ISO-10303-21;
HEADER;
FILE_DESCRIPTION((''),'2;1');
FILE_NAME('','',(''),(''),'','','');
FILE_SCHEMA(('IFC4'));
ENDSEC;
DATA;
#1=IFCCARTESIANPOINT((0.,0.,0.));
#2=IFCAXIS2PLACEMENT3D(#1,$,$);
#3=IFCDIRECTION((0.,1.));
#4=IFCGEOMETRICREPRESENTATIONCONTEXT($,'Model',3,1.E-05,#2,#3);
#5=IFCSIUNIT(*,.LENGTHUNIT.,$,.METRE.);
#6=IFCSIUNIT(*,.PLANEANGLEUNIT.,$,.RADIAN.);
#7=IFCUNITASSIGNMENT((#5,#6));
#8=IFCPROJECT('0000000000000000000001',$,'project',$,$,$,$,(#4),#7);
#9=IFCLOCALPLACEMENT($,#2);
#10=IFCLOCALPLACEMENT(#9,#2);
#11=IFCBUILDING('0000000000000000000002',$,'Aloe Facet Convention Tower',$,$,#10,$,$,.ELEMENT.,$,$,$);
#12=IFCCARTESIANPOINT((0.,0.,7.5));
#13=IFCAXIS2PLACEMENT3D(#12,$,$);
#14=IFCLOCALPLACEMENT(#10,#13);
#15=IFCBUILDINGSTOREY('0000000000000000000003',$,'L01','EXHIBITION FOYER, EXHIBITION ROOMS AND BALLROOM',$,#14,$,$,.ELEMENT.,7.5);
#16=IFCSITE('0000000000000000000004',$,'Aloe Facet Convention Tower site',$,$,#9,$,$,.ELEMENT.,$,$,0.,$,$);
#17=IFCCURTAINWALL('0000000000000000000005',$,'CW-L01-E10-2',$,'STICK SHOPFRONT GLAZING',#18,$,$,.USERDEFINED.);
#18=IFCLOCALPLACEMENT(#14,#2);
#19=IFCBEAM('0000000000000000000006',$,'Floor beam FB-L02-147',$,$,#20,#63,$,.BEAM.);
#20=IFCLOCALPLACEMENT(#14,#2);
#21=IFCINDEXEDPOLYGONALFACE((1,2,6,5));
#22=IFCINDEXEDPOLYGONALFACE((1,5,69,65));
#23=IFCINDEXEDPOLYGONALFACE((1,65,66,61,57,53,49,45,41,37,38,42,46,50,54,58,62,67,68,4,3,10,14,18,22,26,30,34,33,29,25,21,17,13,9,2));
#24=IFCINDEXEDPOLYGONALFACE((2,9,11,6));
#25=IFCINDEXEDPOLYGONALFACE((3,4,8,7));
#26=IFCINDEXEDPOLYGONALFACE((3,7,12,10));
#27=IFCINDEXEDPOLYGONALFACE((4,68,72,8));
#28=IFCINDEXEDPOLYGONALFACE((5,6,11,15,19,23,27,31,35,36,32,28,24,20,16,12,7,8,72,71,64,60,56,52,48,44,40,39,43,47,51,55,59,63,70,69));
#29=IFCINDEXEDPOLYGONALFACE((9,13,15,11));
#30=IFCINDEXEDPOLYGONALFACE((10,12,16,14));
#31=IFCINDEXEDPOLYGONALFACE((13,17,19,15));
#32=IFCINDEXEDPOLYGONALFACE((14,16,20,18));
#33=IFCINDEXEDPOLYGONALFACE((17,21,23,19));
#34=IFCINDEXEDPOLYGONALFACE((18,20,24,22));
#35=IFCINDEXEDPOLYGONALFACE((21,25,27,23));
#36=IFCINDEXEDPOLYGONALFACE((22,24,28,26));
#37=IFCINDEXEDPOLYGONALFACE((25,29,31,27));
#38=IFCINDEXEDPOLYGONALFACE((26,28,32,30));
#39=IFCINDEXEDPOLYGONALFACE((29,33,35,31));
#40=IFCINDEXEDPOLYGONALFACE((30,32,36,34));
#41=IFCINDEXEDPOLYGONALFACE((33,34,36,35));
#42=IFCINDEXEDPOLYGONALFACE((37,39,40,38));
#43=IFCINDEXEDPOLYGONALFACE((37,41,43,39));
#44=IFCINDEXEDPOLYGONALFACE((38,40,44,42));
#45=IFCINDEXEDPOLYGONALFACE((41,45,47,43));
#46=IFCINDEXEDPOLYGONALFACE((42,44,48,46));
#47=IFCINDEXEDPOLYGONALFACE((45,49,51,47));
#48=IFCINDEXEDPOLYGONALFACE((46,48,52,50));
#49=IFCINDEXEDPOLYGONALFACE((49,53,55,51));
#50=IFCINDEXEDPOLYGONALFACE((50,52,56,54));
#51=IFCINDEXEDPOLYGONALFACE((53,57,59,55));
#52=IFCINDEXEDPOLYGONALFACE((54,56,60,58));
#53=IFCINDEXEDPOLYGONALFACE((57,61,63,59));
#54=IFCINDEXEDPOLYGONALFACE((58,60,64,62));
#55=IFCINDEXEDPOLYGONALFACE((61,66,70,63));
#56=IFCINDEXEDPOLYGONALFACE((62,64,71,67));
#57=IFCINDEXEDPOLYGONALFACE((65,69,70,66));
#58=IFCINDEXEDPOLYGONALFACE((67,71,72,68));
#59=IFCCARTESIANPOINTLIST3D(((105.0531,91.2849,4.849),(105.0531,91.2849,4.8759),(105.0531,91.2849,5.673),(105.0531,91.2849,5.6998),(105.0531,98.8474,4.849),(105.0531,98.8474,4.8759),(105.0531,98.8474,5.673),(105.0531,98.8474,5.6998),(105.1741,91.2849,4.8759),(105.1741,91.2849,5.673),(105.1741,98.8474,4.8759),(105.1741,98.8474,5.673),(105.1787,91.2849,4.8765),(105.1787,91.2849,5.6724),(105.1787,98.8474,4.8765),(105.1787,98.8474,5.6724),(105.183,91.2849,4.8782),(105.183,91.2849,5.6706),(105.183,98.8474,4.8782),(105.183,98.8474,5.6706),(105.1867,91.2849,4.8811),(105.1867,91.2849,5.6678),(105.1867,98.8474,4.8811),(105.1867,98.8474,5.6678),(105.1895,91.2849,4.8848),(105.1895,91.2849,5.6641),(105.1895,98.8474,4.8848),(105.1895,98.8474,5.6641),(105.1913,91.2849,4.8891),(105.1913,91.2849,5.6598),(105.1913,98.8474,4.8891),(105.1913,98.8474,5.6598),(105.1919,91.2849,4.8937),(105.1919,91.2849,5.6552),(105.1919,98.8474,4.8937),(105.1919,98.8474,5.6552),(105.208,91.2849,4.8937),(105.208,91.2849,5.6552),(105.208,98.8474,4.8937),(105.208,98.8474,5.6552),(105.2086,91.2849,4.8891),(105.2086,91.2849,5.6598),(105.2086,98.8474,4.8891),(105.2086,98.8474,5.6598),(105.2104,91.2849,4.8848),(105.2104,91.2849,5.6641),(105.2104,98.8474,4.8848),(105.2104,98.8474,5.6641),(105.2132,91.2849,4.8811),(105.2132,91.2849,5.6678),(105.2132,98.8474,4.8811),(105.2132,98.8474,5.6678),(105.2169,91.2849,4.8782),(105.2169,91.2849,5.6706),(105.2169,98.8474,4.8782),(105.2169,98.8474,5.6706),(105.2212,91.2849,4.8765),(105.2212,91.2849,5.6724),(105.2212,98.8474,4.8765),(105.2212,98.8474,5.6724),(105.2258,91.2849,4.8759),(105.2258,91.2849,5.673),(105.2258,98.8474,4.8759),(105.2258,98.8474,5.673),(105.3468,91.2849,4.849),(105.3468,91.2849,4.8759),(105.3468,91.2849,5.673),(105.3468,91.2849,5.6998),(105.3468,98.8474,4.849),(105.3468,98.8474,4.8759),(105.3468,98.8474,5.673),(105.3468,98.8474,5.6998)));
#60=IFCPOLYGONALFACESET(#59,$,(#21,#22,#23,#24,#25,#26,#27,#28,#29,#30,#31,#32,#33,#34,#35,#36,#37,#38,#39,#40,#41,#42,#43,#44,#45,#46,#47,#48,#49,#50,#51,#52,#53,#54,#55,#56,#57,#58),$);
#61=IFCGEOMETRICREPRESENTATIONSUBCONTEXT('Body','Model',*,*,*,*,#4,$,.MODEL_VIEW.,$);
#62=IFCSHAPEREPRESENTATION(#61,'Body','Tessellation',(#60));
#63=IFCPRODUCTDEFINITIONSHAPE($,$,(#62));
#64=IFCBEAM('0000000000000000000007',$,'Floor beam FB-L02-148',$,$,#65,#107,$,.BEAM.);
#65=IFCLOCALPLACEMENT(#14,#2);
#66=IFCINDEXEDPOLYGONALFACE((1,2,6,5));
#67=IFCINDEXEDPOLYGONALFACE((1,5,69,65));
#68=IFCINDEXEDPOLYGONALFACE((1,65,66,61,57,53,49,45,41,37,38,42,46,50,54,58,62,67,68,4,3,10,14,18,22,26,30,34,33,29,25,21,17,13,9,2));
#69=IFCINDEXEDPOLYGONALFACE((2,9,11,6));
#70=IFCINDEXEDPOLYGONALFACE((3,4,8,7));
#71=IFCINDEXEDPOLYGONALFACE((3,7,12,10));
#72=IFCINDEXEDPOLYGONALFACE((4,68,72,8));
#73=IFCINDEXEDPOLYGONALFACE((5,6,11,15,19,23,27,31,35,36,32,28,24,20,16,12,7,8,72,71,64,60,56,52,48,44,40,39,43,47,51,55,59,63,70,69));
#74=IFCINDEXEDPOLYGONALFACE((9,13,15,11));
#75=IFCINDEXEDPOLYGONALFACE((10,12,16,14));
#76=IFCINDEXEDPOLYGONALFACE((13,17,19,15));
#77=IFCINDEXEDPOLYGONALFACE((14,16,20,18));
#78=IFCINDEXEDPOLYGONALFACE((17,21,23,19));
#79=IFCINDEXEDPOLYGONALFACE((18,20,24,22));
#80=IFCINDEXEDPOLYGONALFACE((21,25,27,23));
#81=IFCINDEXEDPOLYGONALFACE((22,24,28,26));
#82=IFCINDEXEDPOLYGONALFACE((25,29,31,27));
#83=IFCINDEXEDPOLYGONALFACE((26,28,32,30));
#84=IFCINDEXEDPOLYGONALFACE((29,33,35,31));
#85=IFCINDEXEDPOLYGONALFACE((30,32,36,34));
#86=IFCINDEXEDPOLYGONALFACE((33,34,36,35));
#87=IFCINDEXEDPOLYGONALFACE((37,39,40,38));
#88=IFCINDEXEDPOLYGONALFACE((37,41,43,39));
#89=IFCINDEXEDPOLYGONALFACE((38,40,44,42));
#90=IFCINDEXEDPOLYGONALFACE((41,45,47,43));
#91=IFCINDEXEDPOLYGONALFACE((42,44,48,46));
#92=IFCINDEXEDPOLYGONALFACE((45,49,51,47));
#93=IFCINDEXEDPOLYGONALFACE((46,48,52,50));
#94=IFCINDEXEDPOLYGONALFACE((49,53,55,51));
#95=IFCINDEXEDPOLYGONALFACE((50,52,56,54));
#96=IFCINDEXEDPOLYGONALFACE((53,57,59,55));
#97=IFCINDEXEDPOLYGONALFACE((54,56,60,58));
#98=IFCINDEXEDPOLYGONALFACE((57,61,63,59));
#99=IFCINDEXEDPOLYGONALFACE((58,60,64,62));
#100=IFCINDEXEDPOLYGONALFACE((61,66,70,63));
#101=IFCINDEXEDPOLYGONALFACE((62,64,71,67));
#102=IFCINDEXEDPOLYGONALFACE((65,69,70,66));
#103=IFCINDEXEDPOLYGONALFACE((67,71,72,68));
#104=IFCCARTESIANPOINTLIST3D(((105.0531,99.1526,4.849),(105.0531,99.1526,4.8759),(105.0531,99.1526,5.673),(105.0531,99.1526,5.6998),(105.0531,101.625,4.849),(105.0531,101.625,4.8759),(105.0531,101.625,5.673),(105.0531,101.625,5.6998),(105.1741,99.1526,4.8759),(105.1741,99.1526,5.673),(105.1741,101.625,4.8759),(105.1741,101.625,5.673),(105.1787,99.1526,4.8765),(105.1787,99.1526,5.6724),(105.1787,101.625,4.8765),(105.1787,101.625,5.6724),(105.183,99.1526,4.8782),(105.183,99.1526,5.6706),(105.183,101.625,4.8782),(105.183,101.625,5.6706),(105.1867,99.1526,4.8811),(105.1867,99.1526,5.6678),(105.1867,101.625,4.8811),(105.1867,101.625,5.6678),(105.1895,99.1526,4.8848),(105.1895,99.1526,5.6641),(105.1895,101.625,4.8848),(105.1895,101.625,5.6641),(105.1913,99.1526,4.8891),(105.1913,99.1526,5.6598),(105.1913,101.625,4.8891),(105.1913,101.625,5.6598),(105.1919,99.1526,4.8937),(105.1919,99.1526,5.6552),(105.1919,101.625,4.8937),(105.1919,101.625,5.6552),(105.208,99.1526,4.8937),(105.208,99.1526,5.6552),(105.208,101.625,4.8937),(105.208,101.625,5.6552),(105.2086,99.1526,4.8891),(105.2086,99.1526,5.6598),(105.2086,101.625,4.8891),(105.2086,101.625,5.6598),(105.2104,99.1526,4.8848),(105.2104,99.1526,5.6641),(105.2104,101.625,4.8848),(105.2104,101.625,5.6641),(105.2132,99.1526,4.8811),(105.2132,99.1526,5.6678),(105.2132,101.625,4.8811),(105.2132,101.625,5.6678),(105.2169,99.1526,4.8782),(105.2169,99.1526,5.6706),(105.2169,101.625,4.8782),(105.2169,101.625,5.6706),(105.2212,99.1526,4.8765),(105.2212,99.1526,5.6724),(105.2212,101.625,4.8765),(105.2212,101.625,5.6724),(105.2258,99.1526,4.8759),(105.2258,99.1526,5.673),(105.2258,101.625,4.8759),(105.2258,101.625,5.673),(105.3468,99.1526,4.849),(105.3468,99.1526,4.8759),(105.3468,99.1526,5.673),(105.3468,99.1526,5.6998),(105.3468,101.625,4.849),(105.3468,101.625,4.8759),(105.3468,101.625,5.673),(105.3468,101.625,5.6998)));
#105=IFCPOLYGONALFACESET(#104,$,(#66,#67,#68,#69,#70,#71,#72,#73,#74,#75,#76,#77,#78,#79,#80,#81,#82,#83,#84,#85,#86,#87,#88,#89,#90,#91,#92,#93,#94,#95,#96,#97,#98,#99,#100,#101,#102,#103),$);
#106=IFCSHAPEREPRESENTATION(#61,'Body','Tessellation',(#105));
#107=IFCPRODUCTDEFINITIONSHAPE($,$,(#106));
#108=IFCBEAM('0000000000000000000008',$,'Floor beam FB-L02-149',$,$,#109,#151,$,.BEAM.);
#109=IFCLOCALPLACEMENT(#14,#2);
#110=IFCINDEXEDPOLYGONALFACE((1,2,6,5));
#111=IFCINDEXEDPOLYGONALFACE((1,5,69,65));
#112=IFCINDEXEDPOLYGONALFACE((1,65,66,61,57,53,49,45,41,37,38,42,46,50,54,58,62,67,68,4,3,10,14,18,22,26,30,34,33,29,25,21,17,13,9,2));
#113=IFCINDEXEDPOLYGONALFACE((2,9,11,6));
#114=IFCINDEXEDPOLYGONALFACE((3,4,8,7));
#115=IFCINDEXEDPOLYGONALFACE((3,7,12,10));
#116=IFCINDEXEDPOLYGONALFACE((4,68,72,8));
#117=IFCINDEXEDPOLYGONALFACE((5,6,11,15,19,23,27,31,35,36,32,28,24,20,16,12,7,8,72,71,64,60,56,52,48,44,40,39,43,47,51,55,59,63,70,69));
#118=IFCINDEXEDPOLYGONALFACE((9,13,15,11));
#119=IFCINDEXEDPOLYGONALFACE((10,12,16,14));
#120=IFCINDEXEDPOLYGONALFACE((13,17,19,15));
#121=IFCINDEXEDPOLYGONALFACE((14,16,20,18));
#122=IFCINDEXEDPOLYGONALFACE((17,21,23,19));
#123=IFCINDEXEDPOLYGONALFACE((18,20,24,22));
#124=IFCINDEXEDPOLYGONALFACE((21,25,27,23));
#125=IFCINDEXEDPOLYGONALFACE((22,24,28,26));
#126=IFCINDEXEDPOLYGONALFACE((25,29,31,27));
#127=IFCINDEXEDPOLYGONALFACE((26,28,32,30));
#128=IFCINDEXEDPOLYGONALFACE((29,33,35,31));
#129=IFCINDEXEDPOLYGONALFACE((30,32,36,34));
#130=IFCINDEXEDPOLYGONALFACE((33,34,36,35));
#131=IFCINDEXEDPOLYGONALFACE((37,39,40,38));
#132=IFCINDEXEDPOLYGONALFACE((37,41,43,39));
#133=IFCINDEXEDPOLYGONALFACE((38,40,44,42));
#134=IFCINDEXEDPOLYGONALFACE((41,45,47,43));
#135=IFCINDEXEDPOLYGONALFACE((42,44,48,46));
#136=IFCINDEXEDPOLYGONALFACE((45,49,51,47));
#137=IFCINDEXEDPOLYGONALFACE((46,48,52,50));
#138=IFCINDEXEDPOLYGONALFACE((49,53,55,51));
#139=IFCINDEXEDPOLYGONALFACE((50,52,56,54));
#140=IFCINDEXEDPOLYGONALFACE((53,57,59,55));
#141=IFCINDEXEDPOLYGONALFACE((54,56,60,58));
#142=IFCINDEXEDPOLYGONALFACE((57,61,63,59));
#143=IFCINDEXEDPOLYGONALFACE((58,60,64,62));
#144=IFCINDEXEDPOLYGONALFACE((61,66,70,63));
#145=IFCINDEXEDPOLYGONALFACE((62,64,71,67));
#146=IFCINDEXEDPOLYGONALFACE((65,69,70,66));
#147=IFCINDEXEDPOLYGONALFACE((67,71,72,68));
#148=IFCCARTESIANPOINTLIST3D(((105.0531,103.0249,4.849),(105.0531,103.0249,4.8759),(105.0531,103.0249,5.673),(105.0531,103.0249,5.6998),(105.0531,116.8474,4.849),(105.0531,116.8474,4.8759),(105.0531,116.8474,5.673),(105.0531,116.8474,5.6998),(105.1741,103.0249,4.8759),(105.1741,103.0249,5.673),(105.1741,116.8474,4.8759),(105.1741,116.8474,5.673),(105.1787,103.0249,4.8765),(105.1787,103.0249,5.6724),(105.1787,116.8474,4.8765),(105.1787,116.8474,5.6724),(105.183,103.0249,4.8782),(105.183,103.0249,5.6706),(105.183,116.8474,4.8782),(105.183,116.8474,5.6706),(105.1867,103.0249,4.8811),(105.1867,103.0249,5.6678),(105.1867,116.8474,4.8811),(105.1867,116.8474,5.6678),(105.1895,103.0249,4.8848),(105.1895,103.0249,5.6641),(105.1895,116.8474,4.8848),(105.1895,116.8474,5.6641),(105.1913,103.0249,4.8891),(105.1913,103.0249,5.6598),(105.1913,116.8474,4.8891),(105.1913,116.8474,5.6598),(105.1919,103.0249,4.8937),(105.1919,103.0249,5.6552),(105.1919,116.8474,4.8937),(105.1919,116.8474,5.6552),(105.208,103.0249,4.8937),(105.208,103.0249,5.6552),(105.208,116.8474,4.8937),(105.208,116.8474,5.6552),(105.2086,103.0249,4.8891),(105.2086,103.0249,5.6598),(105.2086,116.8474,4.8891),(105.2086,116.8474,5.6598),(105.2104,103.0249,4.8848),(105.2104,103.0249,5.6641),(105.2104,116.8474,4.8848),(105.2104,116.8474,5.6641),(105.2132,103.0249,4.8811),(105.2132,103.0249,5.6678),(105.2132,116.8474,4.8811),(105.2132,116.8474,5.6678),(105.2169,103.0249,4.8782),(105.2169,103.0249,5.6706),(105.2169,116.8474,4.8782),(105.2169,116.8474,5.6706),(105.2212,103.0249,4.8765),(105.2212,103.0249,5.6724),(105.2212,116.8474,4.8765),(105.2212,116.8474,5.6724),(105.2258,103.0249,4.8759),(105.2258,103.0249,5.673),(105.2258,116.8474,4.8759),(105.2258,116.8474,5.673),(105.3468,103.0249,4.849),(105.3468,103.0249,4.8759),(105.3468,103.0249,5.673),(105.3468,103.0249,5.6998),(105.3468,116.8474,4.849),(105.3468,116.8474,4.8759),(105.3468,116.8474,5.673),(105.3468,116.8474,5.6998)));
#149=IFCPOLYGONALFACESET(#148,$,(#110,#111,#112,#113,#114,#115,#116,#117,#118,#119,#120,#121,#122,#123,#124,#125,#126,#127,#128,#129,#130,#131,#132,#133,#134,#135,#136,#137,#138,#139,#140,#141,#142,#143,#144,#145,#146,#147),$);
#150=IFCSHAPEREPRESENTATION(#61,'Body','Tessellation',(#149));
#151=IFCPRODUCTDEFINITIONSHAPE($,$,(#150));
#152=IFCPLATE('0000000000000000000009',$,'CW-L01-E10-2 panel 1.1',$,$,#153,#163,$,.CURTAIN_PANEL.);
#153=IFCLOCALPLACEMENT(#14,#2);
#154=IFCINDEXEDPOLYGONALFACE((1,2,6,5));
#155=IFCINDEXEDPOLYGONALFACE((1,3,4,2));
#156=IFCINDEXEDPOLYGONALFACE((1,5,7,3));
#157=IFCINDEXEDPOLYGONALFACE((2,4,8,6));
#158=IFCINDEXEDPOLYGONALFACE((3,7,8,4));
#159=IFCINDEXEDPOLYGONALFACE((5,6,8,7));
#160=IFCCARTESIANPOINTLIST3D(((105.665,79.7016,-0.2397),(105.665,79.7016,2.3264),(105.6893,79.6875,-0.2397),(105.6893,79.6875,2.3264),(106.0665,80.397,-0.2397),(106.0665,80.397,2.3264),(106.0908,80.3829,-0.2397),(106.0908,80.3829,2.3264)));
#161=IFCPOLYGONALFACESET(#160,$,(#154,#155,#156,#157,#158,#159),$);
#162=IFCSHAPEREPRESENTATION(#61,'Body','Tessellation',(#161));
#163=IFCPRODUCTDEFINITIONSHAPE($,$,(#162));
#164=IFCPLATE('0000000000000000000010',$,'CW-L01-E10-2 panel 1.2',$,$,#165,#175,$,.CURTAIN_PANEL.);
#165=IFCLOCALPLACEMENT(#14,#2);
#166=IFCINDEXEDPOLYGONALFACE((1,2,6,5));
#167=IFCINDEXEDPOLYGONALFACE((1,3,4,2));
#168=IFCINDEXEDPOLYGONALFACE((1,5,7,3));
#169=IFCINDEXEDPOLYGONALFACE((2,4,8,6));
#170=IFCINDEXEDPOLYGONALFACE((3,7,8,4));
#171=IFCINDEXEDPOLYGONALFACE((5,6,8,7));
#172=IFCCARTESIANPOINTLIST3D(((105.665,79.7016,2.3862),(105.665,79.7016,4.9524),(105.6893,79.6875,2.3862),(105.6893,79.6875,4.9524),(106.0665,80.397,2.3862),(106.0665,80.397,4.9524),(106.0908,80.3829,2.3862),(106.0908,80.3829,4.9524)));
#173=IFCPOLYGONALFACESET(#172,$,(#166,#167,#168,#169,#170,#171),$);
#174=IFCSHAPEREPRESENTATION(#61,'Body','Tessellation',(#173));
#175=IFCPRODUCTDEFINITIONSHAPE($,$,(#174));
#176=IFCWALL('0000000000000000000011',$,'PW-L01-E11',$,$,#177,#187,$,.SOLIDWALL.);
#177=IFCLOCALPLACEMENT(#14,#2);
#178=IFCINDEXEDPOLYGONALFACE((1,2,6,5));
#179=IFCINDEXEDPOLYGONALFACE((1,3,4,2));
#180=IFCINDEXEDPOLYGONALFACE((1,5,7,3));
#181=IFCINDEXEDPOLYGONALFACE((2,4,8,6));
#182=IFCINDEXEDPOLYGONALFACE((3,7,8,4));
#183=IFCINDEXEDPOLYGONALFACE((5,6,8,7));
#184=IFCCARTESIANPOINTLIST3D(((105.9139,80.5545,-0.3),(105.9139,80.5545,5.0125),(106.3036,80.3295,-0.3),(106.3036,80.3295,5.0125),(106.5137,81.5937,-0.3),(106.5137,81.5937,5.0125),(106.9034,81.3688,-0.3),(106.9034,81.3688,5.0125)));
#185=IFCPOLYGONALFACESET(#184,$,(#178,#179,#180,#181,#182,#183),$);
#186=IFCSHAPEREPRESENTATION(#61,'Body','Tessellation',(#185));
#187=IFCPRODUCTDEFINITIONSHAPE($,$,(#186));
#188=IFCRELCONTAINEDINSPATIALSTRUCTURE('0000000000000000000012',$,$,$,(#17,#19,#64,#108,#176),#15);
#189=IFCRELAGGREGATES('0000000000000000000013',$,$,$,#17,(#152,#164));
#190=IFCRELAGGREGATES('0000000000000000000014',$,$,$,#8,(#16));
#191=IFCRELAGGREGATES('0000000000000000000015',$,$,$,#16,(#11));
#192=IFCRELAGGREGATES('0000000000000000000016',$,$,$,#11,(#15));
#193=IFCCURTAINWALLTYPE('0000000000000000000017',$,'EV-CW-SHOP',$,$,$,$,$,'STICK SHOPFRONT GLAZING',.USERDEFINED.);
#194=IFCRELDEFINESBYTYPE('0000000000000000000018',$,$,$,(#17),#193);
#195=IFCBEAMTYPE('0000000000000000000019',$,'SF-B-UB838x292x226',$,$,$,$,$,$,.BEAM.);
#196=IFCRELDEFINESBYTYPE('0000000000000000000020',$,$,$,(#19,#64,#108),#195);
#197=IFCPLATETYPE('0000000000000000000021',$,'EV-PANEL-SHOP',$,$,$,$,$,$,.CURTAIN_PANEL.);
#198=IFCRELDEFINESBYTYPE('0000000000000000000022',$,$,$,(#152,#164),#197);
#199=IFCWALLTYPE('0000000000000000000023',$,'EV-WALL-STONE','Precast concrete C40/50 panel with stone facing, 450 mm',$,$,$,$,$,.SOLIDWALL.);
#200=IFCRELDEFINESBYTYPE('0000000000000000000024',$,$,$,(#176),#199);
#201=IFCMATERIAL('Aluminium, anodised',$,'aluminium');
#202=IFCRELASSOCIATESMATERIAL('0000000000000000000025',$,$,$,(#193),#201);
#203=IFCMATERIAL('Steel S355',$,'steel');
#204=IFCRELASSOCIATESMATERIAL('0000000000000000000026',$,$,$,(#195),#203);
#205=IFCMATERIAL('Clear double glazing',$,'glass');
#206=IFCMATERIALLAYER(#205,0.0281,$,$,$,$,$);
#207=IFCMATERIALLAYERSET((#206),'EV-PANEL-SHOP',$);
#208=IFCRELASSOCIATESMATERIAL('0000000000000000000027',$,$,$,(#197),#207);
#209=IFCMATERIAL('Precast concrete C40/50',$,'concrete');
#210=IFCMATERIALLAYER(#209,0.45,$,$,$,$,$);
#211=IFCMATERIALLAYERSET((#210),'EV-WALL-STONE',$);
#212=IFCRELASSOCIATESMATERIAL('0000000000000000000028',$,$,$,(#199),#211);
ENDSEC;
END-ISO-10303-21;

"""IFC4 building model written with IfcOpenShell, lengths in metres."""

from ifc_helpers import new_model, si_unit, direction, frame, frame_2d, origin, origin_2d, place, context, subcontext, project, spatial, rectangle, i_section, extrude, material, layer, layer_set, material_profile, profile_set, type_object, element, aggregate, save


model = new_model("IFC4")

# Units and contexts
model_context = context("Model", 3, precision=1e-05, world=origin(), true_north=direction((0.0, 1.0)))
body_context = subcontext(model_context, "Body", "Model", "MODEL_VIEW")
ifc_project = project(units=[si_unit("LENGTHUNIT", "METRE"), si_unit("PLANEANGLEUNIT", "RADIAN")], contexts=[model_context])

# Site, building, storey
site_placement = place(None, origin())
site = spatial("IfcSite", under=ifc_project, at=site_placement, Name="Aloe Facet Convention Tower site", CompositionType="ELEMENT", RefElevation=0.0)
building_placement = place(site_placement, origin())
building = spatial("IfcBuilding", under=site, at=building_placement, Name="Aloe Facet Convention Tower", CompositionType="ELEMENT")
storey_placement = place(building_placement, frame((0.0, 0.0, 7.5)))
storey = spatial("IfcBuildingStorey", under=building, at=storey_placement, Name="L01", Description="EXHIBITION FOYER, EXHIBITION ROOMS AND BALLROOM", CompositionType="ELEMENT", Elevation=7.5)

# Shared definitions
ifc_material_1 = material(Name="Aluminium, anodised", Category="aluminium")
curtain_wall_type = type_object("IfcCurtainWallType", Name="EV-CW-SHOP", ElementType="STICK SHOPFRONT GLAZING", PredefinedType="USERDEFINED", material=ifc_material_1)

# Curtain wall
curtain_wall_1_placement = place(storey_placement, origin())
curtain_wall_1 = element("IfcCurtainWall", 1, at=curtain_wall_1_placement, inside=storey, type_object=curtain_wall_type, Name="CW-L01-E10-2", ObjectType="STICK SHOPFRONT GLAZING", PredefinedType="USERDEFINED")

# Beams
ifc_material_2 = material(Name="Steel S355", Category="steel")
ifc_material_profile_1 = material_profile(ifc_material_2, i_section(OverallWidth=0.2937, OverallDepth=0.8508, WebThickness=0.0161, FlangeThickness=0.0269, FilletRadius=0.0178, at=origin_2d()), Name="UB 838x292x226")
ifc_profile_set_1 = profile_set([ifc_material_profile_1], Name="Steel S355")
beam_type_1 = type_object("IfcBeamType", Name="SF-B-UB838x292x226", PredefinedType="BEAM", material=ifc_profile_set_1)
beam_1_placement = place(storey_placement, frame((105.2, 91.2849, 5.2744), z_axis=(0.0, 1.0, 0.0), x_axis=(-1.0, 0.0, 0.0)))
element("IfcBeam", 2, at=beam_1_placement, inside=storey, type_object=beam_type_1, Name="Floor beam FB-L02-147", PredefinedType="BEAM", context=body_context, shape_type="SweptSolid", body=[
    extrude(i_section(OverallWidth=0.2937, OverallDepth=0.8508, WebThickness=0.0161, FlangeThickness=0.0269, FilletRadius=0.0178, at=origin_2d()), origin(), (0.0, 0.0, 1.0), 7.5625),
])
beam_2_placement = place(storey_placement, frame((105.2, 99.1526, 5.2744), z_axis=(0.0, 1.0, 0.0), x_axis=(-1.0, 0.0, 0.0)))
element("IfcBeam", 3, at=beam_2_placement, inside=storey, type_object=beam_type_1, Name="Floor beam FB-L02-148", PredefinedType="BEAM", context=body_context, shape_type="SweptSolid", body=[
    extrude(i_section(OverallWidth=0.2937, OverallDepth=0.8508, WebThickness=0.0161, FlangeThickness=0.0269, FilletRadius=0.0178, at=origin_2d()), origin(), (0.0, 0.0, 1.0), 2.4724),
])
beam_3_placement = place(storey_placement, frame((105.2, 103.0249, 5.2744), z_axis=(0.0, 1.0, 0.0), x_axis=(-1.0, 0.0, 0.0)))
element("IfcBeam", 4, at=beam_3_placement, inside=storey, type_object=beam_type_1, Name="Floor beam FB-L02-149", PredefinedType="BEAM", context=body_context, shape_type="SweptSolid", body=[
    extrude(i_section(OverallWidth=0.2937, OverallDepth=0.8508, WebThickness=0.0161, FlangeThickness=0.0269, FilletRadius=0.0178, at=origin_2d()), origin(), (0.0, 0.0, 1.0), 13.8225),
])

# Plates
ifc_material_3 = material(Name="Clear double glazing", Category="glass")
ifc_layer_1 = layer(ifc_material_3, 0.0281)
ifc_layer_set_1 = layer_set([ifc_layer_1], Name="EV-PANEL-SHOP")
plate_type = type_object("IfcPlateType", Name="EV-PANEL-SHOP", PredefinedType="CURTAIN_PANEL", material=ifc_layer_set_1)
plate_1_placement = place(storey_placement, frame((105.8779, 80.0422, -0.2397), z_axis=(0.0, 0.0, 1.0), x_axis=(0.5, 0.866025, 0.0)))
plate_1 = element("IfcPlate", 5, at=plate_1_placement, type_object=plate_type, Name="CW-L01-E10-2 panel 1.1", PredefinedType="CURTAIN_PANEL", context=body_context, shape_type="SweptSolid", body=[
    extrude(rectangle(XDim=0.803, YDim=0.0281, at=origin_2d()), origin(), (0.0, 0.0, 1.0), 2.5662),
])
plate_2_placement = place(storey_placement, frame((105.8779, 80.0422, 2.3862), z_axis=(0.0, 0.0, 1.0), x_axis=(0.5, 0.866025, 0.0)))
plate_2 = element("IfcPlate", 6, at=plate_2_placement, type_object=plate_type, Name="CW-L01-E10-2 panel 1.2", PredefinedType="CURTAIN_PANEL", context=body_context, shape_type="SweptSolid", body=[
    extrude(rectangle(XDim=0.803, YDim=0.0281, at=origin_2d()), origin(), (0.0, 0.0, 1.0), 2.5662),
])
aggregate(curtain_wall_1, [plate_1, plate_2])

# Wall
ifc_material_4 = material(Name="Precast concrete C40/50", Category="concrete")
ifc_layer_2 = layer(ifc_material_4, 0.45)
ifc_layer_set_2 = layer_set([ifc_layer_2], Name="EV-WALL-STONE")
wall_type = type_object("IfcWallType", Name="EV-WALL-STONE", Description="Precast concrete C40/50 panel with stone facing, 450 mm", PredefinedType="SOLIDWALL", material=ifc_layer_set_2)
wall_placement = place(storey_placement, frame((106.1086, 80.4419, -0.3), z_axis=(0.0, 0.0, 1.0), x_axis=(0.499881, 0.866094, 0.0)))
element("IfcWall", 7, at=wall_placement, inside=storey, type_object=wall_type, Name="PW-L01-E11", PredefinedType="SOLIDWALL", context=body_context, shape_type="SweptSolid", body=[
    extrude(rectangle(XDim=1.2, YDim=0.45, at=frame_2d((0.6001, 0.0))), origin(), (0.0, 0.0, 1.0), 5.3125),
])

save(model, "model.ifc")
